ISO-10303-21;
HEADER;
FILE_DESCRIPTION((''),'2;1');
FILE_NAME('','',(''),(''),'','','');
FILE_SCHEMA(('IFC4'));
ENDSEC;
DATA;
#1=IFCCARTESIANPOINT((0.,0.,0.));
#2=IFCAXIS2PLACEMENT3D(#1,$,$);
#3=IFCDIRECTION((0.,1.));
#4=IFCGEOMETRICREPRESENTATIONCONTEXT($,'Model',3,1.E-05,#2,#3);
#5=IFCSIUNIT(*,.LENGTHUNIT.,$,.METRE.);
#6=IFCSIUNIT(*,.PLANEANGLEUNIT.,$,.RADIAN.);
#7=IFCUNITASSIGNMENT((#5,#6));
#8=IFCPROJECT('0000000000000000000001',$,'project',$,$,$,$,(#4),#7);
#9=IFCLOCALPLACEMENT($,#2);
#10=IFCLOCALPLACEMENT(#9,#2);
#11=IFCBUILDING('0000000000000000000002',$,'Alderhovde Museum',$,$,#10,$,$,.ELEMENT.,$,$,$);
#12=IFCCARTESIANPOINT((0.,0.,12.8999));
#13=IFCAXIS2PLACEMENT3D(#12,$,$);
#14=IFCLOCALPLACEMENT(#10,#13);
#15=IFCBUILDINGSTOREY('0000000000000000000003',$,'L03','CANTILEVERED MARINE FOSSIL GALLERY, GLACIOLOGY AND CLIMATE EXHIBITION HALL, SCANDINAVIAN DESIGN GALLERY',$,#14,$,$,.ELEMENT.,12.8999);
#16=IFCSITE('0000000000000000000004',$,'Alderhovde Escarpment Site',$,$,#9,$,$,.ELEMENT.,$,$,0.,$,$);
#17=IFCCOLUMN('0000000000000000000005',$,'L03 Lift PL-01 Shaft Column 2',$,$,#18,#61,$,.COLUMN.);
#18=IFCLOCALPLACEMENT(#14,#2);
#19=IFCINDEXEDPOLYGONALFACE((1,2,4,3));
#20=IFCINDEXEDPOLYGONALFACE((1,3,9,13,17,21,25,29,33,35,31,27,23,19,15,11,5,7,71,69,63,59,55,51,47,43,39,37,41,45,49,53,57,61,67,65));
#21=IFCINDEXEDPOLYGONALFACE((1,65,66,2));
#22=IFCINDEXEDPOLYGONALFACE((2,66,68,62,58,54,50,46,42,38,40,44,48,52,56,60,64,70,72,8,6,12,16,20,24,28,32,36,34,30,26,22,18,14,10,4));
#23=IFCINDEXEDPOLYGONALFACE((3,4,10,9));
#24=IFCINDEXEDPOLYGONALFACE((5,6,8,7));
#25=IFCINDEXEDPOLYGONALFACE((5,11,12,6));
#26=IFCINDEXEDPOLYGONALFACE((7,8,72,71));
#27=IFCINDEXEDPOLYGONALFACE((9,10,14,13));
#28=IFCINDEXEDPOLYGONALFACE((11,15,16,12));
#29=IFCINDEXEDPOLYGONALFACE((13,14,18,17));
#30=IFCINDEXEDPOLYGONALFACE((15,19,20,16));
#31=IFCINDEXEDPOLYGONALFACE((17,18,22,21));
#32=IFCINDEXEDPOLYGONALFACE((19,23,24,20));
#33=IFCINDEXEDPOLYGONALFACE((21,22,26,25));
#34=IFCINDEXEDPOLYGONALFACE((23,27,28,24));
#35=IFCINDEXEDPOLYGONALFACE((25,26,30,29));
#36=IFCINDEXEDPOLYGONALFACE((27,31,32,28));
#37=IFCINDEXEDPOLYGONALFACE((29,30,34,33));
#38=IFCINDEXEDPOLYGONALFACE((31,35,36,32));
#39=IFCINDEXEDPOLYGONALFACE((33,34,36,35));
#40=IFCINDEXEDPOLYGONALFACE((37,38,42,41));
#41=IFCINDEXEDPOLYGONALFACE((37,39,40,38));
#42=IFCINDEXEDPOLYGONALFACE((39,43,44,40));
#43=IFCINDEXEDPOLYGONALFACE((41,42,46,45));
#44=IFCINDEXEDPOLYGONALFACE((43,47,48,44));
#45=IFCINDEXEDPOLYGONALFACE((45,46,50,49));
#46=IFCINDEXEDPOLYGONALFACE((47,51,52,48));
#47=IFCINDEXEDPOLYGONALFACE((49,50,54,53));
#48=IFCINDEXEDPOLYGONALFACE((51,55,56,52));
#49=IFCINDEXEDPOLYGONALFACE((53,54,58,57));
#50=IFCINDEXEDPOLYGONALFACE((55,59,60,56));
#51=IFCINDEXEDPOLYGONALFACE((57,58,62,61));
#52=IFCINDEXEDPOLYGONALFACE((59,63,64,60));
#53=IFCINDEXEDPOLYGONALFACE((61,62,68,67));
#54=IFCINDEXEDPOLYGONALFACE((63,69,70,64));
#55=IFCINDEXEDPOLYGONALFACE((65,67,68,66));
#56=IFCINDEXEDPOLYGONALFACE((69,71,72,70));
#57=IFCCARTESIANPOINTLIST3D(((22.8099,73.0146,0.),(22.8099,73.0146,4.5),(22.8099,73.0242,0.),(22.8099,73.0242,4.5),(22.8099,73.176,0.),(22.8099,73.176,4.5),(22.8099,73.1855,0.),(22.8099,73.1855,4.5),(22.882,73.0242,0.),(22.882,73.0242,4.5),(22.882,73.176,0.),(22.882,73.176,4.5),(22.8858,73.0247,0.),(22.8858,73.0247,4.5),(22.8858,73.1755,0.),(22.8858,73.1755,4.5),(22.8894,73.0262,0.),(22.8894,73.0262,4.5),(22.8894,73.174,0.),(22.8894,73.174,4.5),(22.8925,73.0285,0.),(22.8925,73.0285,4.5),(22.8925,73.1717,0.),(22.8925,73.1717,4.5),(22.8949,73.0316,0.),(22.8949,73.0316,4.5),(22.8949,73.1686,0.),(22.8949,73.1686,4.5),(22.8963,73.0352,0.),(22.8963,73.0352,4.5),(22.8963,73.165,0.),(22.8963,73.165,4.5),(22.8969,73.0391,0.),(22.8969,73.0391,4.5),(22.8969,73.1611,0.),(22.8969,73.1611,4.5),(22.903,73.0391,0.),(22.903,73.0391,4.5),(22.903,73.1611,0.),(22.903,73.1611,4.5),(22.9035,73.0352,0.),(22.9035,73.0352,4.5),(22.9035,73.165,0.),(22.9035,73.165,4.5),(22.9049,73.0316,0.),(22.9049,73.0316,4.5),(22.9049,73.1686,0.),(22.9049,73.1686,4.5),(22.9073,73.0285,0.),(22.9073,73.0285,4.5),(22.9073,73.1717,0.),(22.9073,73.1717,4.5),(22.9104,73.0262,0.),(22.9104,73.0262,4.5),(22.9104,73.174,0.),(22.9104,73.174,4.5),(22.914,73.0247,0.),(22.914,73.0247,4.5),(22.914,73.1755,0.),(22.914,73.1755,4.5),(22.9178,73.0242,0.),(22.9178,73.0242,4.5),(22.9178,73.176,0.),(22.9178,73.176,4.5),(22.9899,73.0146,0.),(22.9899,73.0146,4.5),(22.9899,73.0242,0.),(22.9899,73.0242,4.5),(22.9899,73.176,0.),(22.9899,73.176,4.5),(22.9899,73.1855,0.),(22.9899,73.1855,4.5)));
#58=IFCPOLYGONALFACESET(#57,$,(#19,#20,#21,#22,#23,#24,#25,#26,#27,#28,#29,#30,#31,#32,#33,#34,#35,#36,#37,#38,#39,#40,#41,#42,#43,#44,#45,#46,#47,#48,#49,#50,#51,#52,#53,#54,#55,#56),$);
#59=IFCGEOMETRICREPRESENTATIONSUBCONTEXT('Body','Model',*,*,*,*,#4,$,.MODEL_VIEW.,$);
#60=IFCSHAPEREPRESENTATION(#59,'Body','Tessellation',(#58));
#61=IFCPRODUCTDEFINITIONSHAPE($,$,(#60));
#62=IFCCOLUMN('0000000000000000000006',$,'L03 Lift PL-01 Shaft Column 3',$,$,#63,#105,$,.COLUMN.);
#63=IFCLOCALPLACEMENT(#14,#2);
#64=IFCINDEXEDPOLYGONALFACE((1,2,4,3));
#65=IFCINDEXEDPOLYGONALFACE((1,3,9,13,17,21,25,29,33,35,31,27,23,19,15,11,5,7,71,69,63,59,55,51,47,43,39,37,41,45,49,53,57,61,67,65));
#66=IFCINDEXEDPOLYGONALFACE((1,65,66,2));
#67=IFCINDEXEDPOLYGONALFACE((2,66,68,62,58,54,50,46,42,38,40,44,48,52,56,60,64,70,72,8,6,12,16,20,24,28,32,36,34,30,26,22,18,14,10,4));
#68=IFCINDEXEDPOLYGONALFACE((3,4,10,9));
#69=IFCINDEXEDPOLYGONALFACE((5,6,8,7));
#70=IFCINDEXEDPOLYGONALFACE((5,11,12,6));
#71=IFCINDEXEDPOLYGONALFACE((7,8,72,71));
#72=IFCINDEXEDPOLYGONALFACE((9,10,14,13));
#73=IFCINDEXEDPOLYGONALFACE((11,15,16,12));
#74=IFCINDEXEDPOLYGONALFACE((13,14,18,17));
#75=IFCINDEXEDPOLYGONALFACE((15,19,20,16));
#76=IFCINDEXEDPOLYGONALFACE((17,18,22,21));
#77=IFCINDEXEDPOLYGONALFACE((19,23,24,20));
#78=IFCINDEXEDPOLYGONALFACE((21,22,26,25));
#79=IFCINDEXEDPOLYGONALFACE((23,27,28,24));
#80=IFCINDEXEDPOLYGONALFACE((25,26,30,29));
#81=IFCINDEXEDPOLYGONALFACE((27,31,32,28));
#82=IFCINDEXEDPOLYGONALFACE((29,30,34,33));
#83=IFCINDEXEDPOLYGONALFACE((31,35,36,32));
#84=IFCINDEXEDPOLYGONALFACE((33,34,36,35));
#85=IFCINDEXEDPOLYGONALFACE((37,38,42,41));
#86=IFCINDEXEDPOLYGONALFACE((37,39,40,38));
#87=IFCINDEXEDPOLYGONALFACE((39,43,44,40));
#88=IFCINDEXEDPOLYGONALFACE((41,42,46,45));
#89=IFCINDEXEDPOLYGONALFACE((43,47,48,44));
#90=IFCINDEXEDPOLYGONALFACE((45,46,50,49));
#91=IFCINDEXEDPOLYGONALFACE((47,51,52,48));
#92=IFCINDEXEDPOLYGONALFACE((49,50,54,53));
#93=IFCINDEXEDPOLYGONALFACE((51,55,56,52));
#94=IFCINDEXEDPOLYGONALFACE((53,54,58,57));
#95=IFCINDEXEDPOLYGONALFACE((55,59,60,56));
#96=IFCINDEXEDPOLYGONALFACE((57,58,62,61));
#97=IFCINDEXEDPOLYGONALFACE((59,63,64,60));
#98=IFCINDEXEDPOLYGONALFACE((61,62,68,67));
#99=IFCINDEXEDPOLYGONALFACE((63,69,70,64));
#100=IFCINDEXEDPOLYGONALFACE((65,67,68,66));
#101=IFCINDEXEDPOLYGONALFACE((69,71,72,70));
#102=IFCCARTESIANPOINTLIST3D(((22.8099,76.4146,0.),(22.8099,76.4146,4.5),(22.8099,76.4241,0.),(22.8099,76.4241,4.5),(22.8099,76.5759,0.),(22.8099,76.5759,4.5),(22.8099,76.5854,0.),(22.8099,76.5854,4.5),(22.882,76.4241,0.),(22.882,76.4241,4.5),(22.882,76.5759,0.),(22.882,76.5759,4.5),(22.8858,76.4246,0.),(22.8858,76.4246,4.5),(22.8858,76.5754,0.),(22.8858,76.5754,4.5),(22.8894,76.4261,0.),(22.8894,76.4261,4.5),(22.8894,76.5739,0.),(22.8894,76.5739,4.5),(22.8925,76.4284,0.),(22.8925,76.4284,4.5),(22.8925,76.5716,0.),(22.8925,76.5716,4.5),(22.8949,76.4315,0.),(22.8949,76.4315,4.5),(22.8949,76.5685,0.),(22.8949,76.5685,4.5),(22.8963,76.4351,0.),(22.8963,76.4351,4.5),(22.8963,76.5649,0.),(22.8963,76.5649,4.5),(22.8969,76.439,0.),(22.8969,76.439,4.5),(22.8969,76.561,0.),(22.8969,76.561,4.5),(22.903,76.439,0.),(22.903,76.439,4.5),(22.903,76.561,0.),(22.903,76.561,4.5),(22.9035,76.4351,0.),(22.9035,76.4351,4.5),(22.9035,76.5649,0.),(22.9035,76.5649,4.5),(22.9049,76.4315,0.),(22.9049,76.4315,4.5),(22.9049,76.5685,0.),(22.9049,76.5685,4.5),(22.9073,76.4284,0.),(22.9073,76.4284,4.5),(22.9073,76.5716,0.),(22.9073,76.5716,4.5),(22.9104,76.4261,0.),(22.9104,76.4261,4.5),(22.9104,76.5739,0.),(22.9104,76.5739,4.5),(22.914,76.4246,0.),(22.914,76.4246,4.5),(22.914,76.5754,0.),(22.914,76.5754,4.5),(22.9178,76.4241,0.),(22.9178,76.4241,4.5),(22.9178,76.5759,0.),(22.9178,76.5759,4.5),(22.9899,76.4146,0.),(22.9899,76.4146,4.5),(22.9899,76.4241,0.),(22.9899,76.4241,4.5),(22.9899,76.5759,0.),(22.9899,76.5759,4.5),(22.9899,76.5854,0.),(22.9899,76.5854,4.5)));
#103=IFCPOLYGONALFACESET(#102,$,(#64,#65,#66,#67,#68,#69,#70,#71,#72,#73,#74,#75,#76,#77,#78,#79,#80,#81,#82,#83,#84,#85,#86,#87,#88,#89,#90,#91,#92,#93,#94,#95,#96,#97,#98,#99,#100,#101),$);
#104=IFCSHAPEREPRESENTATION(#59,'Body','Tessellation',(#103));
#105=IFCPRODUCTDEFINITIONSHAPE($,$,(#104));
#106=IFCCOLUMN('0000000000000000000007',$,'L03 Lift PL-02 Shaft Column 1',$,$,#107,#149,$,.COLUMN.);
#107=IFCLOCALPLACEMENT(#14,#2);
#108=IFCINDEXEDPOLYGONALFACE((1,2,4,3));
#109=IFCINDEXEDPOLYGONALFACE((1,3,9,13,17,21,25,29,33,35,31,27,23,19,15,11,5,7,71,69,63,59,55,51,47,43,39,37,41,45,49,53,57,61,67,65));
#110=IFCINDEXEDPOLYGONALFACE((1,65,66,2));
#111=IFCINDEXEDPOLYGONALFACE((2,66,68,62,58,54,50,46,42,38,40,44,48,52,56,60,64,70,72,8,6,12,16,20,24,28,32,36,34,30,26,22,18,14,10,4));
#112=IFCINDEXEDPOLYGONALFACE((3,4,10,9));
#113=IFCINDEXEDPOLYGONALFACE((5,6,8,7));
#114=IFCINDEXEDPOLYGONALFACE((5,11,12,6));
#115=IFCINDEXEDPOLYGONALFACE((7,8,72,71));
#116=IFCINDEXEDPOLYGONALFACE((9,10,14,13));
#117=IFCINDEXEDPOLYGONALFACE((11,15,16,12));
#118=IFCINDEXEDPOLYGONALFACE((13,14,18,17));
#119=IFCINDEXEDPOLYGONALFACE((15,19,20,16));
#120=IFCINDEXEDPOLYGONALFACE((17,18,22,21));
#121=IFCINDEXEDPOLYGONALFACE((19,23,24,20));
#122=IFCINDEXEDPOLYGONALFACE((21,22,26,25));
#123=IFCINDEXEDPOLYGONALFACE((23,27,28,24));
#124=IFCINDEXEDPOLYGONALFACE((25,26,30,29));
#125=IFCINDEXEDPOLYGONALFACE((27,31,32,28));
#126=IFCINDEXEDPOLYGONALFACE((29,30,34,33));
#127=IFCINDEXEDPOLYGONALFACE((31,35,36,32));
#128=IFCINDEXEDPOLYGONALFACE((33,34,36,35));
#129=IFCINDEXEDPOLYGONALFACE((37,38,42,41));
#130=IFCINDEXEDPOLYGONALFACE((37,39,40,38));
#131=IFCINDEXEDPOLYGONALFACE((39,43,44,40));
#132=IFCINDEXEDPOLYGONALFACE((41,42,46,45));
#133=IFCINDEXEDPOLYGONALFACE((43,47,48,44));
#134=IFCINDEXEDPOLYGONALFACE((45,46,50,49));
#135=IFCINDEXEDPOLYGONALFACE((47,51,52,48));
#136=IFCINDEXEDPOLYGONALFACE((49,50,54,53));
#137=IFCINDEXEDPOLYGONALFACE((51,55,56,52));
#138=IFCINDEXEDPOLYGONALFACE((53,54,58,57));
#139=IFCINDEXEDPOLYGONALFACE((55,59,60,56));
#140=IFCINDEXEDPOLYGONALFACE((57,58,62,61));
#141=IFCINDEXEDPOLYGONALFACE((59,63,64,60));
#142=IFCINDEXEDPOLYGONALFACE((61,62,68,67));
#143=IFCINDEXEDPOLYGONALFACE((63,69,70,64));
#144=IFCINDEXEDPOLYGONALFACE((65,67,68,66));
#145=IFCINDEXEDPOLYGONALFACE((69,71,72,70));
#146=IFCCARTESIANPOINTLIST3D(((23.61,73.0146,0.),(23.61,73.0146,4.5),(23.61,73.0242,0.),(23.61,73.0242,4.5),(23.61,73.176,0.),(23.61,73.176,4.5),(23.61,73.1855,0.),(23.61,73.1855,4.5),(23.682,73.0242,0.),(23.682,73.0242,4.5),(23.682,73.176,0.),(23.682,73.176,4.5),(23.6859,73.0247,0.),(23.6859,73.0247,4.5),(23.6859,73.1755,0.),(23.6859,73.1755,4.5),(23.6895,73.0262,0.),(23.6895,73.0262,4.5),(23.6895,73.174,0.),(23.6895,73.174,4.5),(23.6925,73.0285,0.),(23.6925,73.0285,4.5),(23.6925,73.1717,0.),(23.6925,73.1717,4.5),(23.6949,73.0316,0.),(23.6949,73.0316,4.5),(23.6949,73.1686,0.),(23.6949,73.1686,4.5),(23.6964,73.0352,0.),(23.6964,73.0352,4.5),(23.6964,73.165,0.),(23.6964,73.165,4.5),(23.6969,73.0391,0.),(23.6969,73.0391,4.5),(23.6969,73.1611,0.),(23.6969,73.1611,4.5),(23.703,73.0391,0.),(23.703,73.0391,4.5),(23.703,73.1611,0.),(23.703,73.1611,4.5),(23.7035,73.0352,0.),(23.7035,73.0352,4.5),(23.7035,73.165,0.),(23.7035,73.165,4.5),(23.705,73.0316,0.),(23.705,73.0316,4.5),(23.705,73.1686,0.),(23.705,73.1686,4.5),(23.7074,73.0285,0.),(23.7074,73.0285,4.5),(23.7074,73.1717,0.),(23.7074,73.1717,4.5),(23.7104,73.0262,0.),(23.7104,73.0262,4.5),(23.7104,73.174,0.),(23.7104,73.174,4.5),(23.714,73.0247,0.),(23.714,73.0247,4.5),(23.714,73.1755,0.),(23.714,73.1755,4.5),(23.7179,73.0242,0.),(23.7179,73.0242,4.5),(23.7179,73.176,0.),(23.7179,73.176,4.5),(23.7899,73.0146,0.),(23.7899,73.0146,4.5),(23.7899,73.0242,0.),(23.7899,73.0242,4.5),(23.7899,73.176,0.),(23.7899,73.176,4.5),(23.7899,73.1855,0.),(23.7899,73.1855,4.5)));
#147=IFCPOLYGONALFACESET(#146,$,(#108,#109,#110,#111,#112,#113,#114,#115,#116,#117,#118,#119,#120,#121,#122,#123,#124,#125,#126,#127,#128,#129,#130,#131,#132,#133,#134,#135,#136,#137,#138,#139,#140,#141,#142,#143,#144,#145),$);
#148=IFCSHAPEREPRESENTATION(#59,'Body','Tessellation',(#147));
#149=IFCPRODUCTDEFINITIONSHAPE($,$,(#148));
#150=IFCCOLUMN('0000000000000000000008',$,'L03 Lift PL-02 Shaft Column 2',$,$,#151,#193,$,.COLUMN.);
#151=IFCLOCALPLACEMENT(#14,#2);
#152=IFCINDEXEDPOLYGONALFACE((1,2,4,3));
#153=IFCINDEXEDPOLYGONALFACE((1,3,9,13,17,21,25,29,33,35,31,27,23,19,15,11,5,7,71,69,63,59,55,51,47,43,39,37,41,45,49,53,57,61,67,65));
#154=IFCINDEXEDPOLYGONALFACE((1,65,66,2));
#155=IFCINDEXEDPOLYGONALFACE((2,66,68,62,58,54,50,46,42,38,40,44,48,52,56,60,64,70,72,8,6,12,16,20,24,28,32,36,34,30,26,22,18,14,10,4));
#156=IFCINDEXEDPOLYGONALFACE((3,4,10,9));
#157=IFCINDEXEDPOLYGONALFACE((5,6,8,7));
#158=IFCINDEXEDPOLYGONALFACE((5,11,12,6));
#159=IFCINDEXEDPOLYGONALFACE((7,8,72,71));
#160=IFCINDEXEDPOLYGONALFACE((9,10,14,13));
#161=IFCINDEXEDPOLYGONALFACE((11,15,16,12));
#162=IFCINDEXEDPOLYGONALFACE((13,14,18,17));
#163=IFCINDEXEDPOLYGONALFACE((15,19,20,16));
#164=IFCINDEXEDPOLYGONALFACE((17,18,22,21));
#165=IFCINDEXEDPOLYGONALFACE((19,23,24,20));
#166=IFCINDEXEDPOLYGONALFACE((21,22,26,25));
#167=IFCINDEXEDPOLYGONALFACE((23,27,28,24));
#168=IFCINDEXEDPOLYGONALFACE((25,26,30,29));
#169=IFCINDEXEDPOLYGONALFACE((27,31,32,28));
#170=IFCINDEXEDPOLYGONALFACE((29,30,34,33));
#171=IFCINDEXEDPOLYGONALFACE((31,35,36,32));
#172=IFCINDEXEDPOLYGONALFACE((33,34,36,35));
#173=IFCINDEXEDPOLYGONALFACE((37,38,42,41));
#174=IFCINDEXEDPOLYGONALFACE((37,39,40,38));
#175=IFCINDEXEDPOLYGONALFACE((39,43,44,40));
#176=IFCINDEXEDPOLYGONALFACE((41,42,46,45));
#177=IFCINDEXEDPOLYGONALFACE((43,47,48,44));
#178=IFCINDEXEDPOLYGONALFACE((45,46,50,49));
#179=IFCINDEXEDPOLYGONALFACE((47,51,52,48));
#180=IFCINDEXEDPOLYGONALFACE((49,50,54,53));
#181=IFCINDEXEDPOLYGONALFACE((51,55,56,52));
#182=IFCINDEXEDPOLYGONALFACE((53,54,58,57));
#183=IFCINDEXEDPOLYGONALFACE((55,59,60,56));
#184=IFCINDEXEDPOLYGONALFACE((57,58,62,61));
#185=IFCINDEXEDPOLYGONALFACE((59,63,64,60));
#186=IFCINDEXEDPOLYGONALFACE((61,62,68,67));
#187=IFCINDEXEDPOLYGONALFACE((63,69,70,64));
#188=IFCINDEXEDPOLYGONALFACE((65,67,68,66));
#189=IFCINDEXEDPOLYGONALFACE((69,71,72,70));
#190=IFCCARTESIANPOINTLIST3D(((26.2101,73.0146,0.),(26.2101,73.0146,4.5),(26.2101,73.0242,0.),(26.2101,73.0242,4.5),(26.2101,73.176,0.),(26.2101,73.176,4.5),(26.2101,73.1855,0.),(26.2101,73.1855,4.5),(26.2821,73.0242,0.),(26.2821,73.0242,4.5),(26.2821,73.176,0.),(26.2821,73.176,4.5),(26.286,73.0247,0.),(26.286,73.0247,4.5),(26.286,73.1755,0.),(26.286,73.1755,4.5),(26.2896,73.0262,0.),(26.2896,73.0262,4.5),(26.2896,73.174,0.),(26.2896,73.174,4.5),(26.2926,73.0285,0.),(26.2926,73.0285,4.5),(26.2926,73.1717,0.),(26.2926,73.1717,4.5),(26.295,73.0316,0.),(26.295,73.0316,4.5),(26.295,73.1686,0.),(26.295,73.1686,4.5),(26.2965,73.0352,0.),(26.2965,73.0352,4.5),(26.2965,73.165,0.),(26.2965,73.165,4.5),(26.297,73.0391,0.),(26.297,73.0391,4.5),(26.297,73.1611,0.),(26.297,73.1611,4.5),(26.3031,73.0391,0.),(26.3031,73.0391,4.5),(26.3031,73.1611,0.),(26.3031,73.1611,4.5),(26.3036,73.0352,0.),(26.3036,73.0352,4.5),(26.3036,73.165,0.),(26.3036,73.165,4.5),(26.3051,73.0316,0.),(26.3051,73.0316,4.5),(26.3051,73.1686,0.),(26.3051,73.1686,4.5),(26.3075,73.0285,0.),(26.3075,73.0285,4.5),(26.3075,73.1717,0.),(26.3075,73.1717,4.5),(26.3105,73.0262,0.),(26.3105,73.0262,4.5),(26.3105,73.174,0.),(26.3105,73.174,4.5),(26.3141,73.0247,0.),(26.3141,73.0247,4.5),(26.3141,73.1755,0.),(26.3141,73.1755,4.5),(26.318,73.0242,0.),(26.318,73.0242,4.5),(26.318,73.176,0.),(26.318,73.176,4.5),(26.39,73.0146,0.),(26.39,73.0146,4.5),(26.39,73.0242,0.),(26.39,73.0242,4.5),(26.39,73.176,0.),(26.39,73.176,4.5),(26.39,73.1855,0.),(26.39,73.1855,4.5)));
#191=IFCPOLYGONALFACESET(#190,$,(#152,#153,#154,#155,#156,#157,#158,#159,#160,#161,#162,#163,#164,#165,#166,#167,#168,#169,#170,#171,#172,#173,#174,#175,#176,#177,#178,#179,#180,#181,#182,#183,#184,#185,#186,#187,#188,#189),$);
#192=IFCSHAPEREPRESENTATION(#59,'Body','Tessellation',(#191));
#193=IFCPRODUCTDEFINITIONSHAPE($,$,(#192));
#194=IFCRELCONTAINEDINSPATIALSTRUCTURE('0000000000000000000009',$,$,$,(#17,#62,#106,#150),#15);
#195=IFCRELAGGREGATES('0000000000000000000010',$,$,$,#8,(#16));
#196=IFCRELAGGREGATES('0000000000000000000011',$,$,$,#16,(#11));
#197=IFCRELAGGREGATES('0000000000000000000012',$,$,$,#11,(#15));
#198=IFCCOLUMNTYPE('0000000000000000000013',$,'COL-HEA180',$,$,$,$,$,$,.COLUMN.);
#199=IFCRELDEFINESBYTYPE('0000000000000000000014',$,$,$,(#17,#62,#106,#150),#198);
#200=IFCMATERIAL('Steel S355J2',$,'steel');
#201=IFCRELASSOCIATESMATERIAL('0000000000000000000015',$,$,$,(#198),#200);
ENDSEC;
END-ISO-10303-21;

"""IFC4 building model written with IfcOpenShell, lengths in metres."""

from ifc_helpers import new_model, si_unit, direction, frame, origin, origin_2d, place, context, subcontext, project, spatial, i_section, extrude, material, material_profile, profile_set, type_object, element, save


model = new_model("IFC4")

# Units and contexts
model_context = context("Model", 3, precision=1e-05, world=origin(), true_north=direction((0.0, 1.0)))
body_context = subcontext(model_context, "Body", "Model", "MODEL_VIEW")
ifc_project = project(units=[si_unit("LENGTHUNIT", "METRE"), si_unit("PLANEANGLEUNIT", "RADIAN")], contexts=[model_context])

# Site, building, storey
site_placement = place(None, origin())
site = spatial("IfcSite", under=ifc_project, at=site_placement, Name="Alderhovde Escarpment Site", CompositionType="ELEMENT", RefElevation=0.0)
building_placement = place(site_placement, origin())
building = spatial("IfcBuilding", under=site, at=building_placement, Name="Alderhovde Museum", CompositionType="ELEMENT")
storey_placement = place(building_placement, frame((0.0, 0.0, 12.8999)))
storey = spatial("IfcBuildingStorey", under=building, at=storey_placement, Name="L03", Description="CANTILEVERED MARINE FOSSIL GALLERY, GLACIOLOGY AND CLIMATE EXHIBITION HALL, SCANDINAVIAN DESIGN GALLERY", CompositionType="ELEMENT", Elevation=12.8999)

# Columns
ifc_material_1 = material(Name="Steel S355J2", Category="steel")
ifc_material_profile_1 = material_profile(ifc_material_1, i_section(OverallWidth=0.1799, OverallDepth=0.1709, WebThickness=0.0061, FlangeThickness=0.0095, FilletRadius=0.0149, at=origin_2d()), Name="HEA 180")
ifc_profile_set_1 = profile_set([ifc_material_profile_1], Name="Steel S355J2")
column_type_1 = type_object("IfcColumnType", Name="COL-HEA180", PredefinedType="COLUMN", material=ifc_profile_set_1)
for number, where, z_axis, x_axis, name in (
    (1, (22.8999, 73.1001, 0.0), (0.0, 0.0, 1.0), (1.0, 0.0, 0.0), "L03 Lift PL-01 Shaft Column 2"),
    (2, (22.8999, 76.5, 0.0), (0.0, 0.0, 1.0), (1.0, 0.0, 0.0), "L03 Lift PL-01 Shaft Column 3"),
    (3, (23.7, 73.1001, 0.0), (0.0, 0.0, 1.0), (1.0, 0.0, 0.0), "L03 Lift PL-02 Shaft Column 1"),
    (4, (26.3, 73.1001, 0.0), (0.0, 0.0, 1.0), (1.0, 0.0, 0.0), "L03 Lift PL-02 Shaft Column 2"),
):
    element("IfcColumn", number, at=place(storey_placement, frame(where, z_axis=z_axis, x_axis=x_axis)), inside=storey, type_object=column_type_1, Name=name, PredefinedType="COLUMN", context=body_context, shape_type="SweptSolid", body=[
        extrude(i_section(OverallWidth=0.1799, OverallDepth=0.1709, WebThickness=0.0061, FlangeThickness=0.0095, FilletRadius=0.0149, at=origin_2d()), origin(), (0.0, 0.0, 1.0), 4.5),
    ])

save(model, "model.ifc")
